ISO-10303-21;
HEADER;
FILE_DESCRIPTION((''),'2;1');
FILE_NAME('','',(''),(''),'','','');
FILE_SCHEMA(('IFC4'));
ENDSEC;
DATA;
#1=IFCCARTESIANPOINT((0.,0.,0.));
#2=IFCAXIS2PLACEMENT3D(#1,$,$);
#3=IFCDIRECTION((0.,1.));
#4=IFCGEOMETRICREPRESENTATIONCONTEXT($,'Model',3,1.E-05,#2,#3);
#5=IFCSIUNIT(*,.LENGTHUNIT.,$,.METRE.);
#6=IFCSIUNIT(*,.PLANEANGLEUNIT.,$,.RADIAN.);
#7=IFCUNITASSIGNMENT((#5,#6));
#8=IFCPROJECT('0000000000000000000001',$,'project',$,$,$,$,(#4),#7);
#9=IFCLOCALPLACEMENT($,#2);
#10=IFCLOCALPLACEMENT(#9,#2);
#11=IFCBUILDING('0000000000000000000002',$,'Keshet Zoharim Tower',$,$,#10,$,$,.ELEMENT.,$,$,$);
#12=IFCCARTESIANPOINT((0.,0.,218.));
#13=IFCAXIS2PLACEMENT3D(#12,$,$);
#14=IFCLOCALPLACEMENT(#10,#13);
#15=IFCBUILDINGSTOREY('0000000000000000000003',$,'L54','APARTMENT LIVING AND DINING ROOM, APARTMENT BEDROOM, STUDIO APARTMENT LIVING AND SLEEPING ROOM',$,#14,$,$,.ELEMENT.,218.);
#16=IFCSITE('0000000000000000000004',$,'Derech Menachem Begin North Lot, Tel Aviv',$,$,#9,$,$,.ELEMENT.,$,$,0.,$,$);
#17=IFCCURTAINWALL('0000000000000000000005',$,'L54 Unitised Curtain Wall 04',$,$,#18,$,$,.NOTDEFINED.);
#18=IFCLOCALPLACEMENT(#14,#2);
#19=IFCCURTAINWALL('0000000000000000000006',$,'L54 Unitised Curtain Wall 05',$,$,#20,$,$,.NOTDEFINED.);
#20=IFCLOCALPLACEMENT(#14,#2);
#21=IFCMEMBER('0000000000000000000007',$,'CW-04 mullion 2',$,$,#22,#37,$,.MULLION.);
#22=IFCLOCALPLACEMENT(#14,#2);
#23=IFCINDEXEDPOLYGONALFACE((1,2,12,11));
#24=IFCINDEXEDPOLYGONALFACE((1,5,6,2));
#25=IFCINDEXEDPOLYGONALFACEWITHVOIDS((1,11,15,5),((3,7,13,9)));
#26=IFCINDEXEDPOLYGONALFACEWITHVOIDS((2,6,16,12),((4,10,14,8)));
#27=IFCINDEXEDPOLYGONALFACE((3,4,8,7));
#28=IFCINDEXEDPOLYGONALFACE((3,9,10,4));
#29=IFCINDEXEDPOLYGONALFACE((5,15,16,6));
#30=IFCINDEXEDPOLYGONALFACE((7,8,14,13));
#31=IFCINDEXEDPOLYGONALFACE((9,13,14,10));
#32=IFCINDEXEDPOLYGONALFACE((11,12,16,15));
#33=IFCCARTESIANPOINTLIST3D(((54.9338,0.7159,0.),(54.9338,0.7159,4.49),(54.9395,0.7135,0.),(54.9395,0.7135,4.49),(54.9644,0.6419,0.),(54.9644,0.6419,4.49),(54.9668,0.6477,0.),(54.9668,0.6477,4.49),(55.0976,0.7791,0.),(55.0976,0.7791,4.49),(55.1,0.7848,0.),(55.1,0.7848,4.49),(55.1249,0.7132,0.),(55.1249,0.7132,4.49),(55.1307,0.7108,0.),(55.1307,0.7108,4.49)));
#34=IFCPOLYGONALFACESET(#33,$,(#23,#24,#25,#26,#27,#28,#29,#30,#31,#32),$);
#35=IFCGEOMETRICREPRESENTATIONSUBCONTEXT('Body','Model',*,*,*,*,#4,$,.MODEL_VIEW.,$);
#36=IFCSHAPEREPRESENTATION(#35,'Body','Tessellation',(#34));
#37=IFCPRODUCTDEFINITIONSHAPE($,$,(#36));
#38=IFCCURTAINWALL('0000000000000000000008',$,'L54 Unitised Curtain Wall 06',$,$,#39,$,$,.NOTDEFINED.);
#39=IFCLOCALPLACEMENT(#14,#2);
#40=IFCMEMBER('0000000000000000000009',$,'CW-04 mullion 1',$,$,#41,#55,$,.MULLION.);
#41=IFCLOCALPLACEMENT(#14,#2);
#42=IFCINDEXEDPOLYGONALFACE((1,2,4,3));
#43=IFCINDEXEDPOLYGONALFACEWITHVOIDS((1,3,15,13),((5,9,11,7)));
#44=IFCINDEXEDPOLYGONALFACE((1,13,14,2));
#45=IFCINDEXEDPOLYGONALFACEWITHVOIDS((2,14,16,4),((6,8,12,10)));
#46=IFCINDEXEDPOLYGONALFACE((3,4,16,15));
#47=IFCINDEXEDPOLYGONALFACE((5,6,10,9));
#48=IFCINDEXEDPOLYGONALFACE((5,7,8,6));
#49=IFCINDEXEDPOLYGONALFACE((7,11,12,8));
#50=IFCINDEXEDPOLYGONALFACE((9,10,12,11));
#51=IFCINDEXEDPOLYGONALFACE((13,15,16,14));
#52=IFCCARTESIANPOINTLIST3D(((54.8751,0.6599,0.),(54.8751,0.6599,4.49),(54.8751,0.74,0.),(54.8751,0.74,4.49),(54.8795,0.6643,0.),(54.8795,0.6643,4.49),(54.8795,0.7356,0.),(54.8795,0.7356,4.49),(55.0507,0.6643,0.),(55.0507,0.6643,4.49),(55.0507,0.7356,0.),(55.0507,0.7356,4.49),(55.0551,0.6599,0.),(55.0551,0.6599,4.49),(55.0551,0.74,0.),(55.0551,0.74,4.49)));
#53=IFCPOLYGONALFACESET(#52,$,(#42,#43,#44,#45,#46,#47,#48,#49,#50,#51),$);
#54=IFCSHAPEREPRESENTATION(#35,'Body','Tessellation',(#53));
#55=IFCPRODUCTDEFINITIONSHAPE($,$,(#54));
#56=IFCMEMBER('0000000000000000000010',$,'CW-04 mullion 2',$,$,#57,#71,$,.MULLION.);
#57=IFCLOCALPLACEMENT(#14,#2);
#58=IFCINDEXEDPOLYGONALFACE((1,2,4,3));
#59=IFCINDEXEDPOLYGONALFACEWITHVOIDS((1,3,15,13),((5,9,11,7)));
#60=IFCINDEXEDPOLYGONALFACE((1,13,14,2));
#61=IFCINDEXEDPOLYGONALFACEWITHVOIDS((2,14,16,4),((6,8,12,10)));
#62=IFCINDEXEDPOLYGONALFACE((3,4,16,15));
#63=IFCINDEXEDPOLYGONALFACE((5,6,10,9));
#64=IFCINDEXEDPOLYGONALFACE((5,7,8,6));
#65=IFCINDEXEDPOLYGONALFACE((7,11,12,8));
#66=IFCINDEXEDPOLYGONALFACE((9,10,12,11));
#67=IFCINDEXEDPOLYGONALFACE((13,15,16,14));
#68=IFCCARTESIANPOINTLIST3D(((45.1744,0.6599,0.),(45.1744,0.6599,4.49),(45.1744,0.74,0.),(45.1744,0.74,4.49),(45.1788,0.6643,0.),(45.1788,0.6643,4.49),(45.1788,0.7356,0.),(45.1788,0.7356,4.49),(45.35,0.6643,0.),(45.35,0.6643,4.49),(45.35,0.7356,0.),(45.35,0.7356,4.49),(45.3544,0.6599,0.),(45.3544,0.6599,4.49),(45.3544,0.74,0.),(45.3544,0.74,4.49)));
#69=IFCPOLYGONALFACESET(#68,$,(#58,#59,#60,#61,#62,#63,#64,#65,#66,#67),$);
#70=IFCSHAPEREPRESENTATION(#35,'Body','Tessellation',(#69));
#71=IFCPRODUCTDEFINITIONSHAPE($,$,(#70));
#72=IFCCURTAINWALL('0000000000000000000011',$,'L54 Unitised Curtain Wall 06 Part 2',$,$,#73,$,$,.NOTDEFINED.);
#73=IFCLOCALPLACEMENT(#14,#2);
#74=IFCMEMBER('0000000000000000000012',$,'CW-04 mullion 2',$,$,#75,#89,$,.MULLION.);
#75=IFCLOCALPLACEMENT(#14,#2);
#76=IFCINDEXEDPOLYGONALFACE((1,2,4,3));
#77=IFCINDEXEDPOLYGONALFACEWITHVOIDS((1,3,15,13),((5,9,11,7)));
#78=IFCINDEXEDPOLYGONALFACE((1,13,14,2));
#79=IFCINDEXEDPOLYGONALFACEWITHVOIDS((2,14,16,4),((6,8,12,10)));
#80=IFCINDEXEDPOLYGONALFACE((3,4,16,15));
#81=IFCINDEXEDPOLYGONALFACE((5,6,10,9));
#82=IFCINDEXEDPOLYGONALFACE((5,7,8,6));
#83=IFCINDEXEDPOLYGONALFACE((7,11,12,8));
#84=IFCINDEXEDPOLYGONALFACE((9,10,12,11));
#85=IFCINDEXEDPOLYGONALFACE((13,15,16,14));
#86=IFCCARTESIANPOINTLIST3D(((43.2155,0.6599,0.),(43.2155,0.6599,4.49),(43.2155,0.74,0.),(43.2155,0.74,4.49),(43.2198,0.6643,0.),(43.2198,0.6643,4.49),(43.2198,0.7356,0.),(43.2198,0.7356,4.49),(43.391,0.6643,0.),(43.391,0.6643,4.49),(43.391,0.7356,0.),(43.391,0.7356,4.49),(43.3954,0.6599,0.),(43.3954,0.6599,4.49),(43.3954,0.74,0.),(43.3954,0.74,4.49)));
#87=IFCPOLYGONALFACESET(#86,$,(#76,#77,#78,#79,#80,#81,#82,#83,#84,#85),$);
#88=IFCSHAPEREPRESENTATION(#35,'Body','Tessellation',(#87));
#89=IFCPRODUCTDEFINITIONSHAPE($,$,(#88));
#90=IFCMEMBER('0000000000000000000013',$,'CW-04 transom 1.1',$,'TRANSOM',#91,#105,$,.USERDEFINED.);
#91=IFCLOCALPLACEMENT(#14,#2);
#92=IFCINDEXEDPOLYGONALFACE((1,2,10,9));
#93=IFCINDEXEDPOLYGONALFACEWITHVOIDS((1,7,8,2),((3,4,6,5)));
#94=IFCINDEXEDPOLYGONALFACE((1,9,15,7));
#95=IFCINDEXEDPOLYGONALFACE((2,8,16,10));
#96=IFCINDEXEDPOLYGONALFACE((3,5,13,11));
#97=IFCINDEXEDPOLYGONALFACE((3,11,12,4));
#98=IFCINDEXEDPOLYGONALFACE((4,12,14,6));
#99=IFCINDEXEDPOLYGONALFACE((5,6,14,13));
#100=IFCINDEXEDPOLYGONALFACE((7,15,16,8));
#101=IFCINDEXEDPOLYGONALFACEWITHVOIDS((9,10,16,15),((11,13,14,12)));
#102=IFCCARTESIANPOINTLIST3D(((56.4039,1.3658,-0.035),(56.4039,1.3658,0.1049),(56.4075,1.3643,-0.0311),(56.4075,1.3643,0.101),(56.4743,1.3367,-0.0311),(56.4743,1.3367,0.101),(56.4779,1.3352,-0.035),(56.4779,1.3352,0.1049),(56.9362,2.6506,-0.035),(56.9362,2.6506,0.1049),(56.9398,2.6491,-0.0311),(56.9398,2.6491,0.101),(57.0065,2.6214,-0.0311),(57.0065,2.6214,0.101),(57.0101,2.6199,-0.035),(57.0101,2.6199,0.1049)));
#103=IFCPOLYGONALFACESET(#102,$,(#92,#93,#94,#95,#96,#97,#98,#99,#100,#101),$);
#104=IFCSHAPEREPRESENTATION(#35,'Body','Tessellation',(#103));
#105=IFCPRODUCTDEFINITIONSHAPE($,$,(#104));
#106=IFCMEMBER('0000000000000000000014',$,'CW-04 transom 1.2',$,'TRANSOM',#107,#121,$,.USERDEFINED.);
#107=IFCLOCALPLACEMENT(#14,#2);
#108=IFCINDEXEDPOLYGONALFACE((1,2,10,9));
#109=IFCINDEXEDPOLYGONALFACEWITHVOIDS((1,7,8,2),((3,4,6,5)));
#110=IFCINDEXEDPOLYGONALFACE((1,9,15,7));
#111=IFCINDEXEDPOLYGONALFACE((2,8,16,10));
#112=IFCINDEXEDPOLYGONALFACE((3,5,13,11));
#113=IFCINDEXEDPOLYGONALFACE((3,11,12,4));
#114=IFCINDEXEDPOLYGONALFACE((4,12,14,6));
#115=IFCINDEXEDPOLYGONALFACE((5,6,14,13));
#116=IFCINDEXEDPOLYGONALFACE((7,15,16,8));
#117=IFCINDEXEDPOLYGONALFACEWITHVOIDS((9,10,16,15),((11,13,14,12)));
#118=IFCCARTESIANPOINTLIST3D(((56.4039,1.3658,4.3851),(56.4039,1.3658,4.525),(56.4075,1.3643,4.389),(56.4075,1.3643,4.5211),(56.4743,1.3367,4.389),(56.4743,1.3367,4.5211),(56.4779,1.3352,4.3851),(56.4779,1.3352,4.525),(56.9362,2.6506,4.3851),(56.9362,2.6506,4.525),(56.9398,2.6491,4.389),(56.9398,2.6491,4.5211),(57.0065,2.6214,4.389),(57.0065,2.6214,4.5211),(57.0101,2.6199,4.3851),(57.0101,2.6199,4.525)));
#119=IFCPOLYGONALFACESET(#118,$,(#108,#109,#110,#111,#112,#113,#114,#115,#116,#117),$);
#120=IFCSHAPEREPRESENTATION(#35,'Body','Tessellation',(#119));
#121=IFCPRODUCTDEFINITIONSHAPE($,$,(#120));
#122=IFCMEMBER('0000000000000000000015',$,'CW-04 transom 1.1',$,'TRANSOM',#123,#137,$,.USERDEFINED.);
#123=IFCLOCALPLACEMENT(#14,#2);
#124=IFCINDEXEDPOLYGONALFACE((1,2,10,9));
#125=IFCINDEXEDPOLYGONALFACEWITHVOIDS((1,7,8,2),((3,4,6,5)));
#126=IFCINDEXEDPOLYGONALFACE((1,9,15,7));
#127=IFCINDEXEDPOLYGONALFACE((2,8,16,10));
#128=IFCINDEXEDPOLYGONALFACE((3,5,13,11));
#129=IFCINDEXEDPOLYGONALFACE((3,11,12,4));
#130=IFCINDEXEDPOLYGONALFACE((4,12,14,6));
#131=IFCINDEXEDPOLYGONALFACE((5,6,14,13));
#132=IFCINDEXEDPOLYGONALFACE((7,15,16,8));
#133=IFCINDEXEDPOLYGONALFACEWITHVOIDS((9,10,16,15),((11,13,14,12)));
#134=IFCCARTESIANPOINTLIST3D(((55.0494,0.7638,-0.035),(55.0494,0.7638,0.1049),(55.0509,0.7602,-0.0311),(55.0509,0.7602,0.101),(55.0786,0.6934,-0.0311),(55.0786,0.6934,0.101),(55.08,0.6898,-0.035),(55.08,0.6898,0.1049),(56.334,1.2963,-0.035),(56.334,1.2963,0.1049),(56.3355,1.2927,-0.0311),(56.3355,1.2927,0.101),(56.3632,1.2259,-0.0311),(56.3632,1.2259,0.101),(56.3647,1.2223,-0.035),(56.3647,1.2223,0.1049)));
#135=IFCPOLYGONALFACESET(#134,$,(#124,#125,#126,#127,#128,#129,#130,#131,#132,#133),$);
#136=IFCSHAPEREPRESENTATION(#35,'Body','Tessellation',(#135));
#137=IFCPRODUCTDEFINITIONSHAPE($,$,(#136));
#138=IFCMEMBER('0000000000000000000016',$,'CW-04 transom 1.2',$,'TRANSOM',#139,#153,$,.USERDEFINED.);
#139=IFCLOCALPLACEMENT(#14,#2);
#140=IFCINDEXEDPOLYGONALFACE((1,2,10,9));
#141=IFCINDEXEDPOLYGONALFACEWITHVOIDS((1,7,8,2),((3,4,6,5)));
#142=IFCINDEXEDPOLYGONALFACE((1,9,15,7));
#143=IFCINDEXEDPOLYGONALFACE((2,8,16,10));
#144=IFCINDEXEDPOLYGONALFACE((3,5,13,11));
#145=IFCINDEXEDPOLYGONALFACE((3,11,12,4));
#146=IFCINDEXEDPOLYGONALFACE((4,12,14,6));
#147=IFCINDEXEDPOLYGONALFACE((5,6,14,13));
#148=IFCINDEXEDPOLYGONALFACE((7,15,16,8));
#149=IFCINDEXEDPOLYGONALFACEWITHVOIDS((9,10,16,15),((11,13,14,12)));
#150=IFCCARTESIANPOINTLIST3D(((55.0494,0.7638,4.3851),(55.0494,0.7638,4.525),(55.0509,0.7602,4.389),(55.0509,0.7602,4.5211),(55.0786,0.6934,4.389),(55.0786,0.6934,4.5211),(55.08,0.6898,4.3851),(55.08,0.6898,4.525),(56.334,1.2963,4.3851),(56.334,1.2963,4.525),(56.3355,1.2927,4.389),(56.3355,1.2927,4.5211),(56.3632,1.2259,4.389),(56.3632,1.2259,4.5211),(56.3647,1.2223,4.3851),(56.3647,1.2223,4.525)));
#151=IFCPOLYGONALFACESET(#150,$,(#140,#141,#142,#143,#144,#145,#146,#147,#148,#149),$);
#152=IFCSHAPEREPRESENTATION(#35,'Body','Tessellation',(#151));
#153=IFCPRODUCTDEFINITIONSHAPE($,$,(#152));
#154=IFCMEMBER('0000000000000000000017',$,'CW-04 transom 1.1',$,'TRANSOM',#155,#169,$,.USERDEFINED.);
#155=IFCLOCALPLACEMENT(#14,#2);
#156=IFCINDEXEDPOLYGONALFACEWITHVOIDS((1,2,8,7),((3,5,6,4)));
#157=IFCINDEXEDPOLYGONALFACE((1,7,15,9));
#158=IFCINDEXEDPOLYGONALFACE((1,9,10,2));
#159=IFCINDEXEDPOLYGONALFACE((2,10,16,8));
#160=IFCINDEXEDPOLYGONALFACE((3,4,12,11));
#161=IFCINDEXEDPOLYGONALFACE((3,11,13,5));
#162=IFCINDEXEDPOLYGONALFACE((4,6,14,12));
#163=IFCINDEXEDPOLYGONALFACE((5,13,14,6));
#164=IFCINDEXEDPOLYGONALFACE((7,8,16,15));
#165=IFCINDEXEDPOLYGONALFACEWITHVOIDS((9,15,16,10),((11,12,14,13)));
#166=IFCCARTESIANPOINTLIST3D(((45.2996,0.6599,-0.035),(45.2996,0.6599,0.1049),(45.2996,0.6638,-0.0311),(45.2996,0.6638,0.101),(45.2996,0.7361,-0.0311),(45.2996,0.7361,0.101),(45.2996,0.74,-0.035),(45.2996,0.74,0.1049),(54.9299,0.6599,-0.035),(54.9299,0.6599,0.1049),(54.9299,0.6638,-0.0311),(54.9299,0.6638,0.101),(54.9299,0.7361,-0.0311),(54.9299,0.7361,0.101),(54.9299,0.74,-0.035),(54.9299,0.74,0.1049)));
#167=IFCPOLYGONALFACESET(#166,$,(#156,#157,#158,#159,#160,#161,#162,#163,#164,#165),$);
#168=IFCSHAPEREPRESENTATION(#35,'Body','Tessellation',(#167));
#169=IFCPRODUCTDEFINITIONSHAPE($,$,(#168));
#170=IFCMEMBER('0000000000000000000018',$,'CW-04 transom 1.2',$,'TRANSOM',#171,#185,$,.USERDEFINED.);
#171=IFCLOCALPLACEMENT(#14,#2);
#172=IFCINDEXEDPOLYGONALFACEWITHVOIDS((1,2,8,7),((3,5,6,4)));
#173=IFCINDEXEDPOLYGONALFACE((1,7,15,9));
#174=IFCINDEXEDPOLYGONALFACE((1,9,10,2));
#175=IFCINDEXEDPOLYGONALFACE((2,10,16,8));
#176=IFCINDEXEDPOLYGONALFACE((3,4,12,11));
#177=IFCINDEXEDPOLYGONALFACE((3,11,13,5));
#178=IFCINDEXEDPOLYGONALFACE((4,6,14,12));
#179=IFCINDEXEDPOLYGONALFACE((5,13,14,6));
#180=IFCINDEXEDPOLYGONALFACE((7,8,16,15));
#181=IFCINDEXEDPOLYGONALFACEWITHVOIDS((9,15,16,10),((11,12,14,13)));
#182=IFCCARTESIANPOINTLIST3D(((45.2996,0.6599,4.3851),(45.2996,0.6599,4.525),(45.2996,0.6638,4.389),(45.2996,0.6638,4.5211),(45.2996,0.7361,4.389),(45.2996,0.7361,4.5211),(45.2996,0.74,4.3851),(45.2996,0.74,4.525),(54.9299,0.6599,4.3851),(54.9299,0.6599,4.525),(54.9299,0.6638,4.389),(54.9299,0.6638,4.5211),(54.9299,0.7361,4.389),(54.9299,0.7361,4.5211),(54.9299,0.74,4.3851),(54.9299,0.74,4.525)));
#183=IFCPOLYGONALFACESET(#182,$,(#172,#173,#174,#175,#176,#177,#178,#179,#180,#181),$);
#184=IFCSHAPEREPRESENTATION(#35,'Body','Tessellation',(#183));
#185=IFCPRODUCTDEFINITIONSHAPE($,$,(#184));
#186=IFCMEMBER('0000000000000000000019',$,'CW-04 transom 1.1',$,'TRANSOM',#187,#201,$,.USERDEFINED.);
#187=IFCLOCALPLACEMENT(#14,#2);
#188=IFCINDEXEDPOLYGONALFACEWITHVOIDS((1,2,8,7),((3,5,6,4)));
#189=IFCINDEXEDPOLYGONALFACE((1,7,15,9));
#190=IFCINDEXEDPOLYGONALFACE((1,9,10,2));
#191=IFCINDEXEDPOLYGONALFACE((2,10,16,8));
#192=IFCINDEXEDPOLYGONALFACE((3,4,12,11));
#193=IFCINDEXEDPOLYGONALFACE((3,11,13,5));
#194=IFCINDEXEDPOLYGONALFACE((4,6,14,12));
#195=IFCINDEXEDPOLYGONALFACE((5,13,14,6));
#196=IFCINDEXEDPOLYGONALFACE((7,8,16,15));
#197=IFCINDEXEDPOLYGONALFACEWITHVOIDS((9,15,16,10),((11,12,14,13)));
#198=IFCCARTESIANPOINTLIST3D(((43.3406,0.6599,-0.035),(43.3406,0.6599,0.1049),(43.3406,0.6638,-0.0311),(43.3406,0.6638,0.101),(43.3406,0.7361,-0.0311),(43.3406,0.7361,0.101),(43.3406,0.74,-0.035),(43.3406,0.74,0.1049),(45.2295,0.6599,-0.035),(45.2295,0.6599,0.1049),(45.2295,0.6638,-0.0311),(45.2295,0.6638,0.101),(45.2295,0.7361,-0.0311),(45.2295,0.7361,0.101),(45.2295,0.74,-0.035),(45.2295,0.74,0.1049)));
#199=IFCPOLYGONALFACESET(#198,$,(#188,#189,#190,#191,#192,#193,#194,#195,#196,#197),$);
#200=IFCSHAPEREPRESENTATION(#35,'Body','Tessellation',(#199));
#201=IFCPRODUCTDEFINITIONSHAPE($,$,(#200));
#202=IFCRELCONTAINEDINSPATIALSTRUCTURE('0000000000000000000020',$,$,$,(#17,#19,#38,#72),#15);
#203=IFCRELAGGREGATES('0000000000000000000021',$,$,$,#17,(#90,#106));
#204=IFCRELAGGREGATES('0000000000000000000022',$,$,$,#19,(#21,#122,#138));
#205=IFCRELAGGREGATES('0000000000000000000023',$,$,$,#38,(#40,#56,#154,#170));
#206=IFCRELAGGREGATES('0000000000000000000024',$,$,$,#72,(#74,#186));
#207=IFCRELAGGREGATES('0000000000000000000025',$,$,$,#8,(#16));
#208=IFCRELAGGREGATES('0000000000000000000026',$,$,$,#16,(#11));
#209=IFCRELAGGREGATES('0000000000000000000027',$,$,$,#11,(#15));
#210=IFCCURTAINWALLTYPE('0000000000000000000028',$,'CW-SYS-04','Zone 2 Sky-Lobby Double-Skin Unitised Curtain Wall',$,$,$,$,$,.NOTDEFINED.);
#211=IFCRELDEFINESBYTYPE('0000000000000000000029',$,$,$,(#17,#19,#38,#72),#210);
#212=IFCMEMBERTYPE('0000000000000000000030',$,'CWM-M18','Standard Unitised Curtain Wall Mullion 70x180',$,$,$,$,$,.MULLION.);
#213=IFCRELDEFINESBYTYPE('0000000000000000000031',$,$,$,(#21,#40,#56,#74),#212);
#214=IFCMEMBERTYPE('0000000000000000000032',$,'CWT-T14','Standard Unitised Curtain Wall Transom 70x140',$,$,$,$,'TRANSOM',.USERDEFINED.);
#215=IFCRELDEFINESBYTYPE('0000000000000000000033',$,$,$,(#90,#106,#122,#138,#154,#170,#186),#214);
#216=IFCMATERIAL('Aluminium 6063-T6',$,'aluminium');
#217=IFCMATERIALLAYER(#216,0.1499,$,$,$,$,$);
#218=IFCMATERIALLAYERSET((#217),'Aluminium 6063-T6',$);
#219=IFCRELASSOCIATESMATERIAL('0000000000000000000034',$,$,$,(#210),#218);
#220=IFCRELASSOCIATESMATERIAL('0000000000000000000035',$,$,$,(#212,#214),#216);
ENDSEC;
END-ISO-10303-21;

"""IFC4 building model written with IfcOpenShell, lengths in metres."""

from ifc_helpers import new_model, si_unit, direction, frame, origin, origin_2d, place, context, subcontext, project, spatial, hollow_rectangle, extrude, material, layer, layer_set, material_profile, profile_set, type_object, element, aggregate, save


model = new_model("IFC4")

# Units and contexts
model_context = context("Model", 3, precision=1e-05, world=origin(), true_north=direction((0.0, 1.0)))
body_context = subcontext(model_context, "Body", "Model", "MODEL_VIEW")
ifc_project = project(units=[si_unit("LENGTHUNIT", "METRE"), si_unit("PLANEANGLEUNIT", "RADIAN")], contexts=[model_context])

# Site, building, storey
site_placement = place(None, origin())
site = spatial("IfcSite", under=ifc_project, at=site_placement, Name="Derech Menachem Begin North Lot, Tel Aviv", CompositionType="ELEMENT", RefElevation=0.0)
building_placement = place(site_placement, origin())
building = spatial("IfcBuilding", under=site, at=building_placement, Name="Keshet Zoharim Tower", CompositionType="ELEMENT")
storey_placement = place(building_placement, frame((0.0, 0.0, 218.0)))
storey = spatial("IfcBuildingStorey", under=building, at=storey_placement, Name="L54", Description="APARTMENT LIVING AND DINING ROOM, APARTMENT BEDROOM, STUDIO APARTMENT LIVING AND SLEEPING ROOM", CompositionType="ELEMENT", Elevation=218.0)

# Curtain walls, members
ifc_material_1 = material(Name="Aluminium 6063-T6", Category="aluminium")
ifc_layer_1 = layer(ifc_material_1, 0.1499)
ifc_layer_set_1 = layer_set([ifc_layer_1], Name="Aluminium 6063-T6")
curtain_wall_type = type_object("IfcCurtainWallType", Name="CW-SYS-04", Description="Zone 2 Sky-Lobby Double-Skin Unitised Curtain Wall", PredefinedType="NOTDEFINED", material=ifc_layer_set_1)
curtain_wall_1_placement = place(storey_placement, origin())
curtain_wall_1 = element("IfcCurtainWall", 1, at=curtain_wall_1_placement, inside=storey, type_object=curtain_wall_type, Name="L54 Unitised Curtain Wall 04", PredefinedType="NOTDEFINED")
ifc_material_profile_1 = material_profile(ifc_material_1, hollow_rectangle(XDim=0.0801, YDim=0.1799, WallThickness=0.0044, at=origin_2d()), Name="MUL-80x180")
ifc_profile_set_1 = profile_set([ifc_material_profile_1], Name="Aluminium 6063-T6")
member_type_1 = type_object("IfcMemberType", Name="CWM-M18", Description="Standard Unitised Curtain Wall Mullion 70x180", PredefinedType="MULLION", material=ifc_profile_set_1)
curtain_wall_2_placement = place(storey_placement, origin())
curtain_wall_2 = element("IfcCurtainWall", 2, at=curtain_wall_2_placement, inside=storey, type_object=curtain_wall_type, Name="L54 Unitised Curtain Wall 05", PredefinedType="NOTDEFINED")
member_1_placement = place(storey_placement, frame((55.0322, 0.7134, 0.0), z_axis=(0.0, 0.0, 1.0), x_axis=(0.382852, -0.92381, 0.0)))
member_1 = element("IfcMember", 3, at=member_1_placement, type_object=member_type_1, Name="CW-04 mullion 2", PredefinedType="MULLION", context=body_context, shape_type="SweptSolid", body=[
    extrude(hollow_rectangle(XDim=0.0801, YDim=0.1799, WallThickness=0.0044, at=origin_2d()), origin(), (0.0, 0.0, 1.0), 4.49),
])
curtain_wall_3_placement = place(storey_placement, origin())
curtain_wall_3 = element("IfcCurtainWall", 4, at=curtain_wall_3_placement, inside=storey, type_object=curtain_wall_type, Name="L54 Unitised Curtain Wall 06", PredefinedType="NOTDEFINED")
member_2_placement = place(storey_placement, frame((54.9651, 0.7, 0.0), z_axis=(0.0, 0.0, 1.0), x_axis=(0.0, -1.0, 0.0)))
member_2 = element("IfcMember", 5, at=member_2_placement, type_object=member_type_1, Name="CW-04 mullion 1", PredefinedType="MULLION", context=body_context, shape_type="SweptSolid", body=[
    extrude(hollow_rectangle(XDim=0.0801, YDim=0.1799, WallThickness=0.0044, at=origin_2d()), origin(), (0.0, 0.0, 1.0), 4.49),
])
member_3_placement = place(storey_placement, frame((45.2644, 0.7, 0.0), z_axis=(0.0, 0.0, 1.0), x_axis=(0.0, -1.0, 0.0)))
member_3 = element("IfcMember", 6, at=member_3_placement, type_object=member_type_1, Name="CW-04 mullion 2", PredefinedType="MULLION", context=body_context, shape_type="SweptSolid", body=[
    extrude(hollow_rectangle(XDim=0.0801, YDim=0.1799, WallThickness=0.0044, at=origin_2d()), origin(), (0.0, 0.0, 1.0), 4.49),
])

# Curtain wall, member
curtain_wall_4_placement = place(storey_placement, origin())
curtain_wall_4 = element("IfcCurtainWall", 7, at=curtain_wall_4_placement, inside=storey, type_object=curtain_wall_type, Name="L54 Unitised Curtain Wall 06 Part 2", PredefinedType="NOTDEFINED")
member_4_placement = place(storey_placement, frame((43.3054, 0.7, 0.0), z_axis=(0.0, 0.0, 1.0), x_axis=(0.0, -1.0, 0.0)))
member_4 = element("IfcMember", 8, at=member_4_placement, type_object=member_type_1, Name="CW-04 mullion 2", PredefinedType="MULLION", context=body_context, shape_type="SweptSolid", body=[
    extrude(hollow_rectangle(XDim=0.0801, YDim=0.1799, WallThickness=0.0044, at=origin_2d()), origin(), (0.0, 0.0, 1.0), 4.49),
])

# Members
ifc_material_profile_2 = material_profile(ifc_material_1, hollow_rectangle(XDim=0.0801, YDim=0.1399, WallThickness=0.0039, at=origin_2d()), Name="TRN-80x140")
ifc_profile_set_2 = profile_set([ifc_material_profile_2], Name="Aluminium 6063-T6")
member_type_2 = type_object("IfcMemberType", Name="CWT-T14", Description="Standard Unitised Curtain Wall Transom 70x140", ElementType="TRANSOM", PredefinedType="USERDEFINED", material=ifc_profile_set_2)
member_5_placement = place(storey_placement, frame((56.9731, 2.6353, 0.0349), z_axis=(-0.382745, -0.923854, 0.0), x_axis=(0.923854, -0.382745, 0.0)))
member_5 = element("IfcMember", 9, at=member_5_placement, type_object=member_type_2, Name="CW-04 transom 1.1", ObjectType="TRANSOM", PredefinedType="USERDEFINED", context=body_context, shape_type="SweptSolid", body=[
    extrude(hollow_rectangle(XDim=0.0801, YDim=0.1399, WallThickness=0.0039, at=origin_2d()), origin(), (0.0, 0.0, 1.0), 1.3906),
])
member_6_placement = place(storey_placement, frame((56.9731, 2.6353, 4.4551), z_axis=(-0.382745, -0.923854, 0.0), x_axis=(0.923854, -0.382745, 0.0)))
member_6 = element("IfcMember", 10, at=member_6_placement, type_object=member_type_2, Name="CW-04 transom 1.2", ObjectType="TRANSOM", PredefinedType="USERDEFINED", context=body_context, shape_type="SweptSolid", body=[
    extrude(hollow_rectangle(XDim=0.0801, YDim=0.1399, WallThickness=0.0039, at=origin_2d()), origin(), (0.0, 0.0, 1.0), 1.3906),
])
member_7_placement = place(storey_placement, frame((56.3494, 1.2593, 0.0349), z_axis=(-0.923792, -0.382894, 0.0), x_axis=(0.382894, -0.923792, 0.0)))
member_7 = element("IfcMember", 11, at=member_7_placement, type_object=member_type_2, Name="CW-04 transom 1.1", ObjectType="TRANSOM", PredefinedType="USERDEFINED", context=body_context, shape_type="SweptSolid", body=[
    extrude(hollow_rectangle(XDim=0.0801, YDim=0.1399, WallThickness=0.0039, at=origin_2d()), origin(), (0.0, 0.0, 1.0), 1.3906),
])
member_8_placement = place(storey_placement, frame((56.3494, 1.2593, 4.4551), z_axis=(-0.923792, -0.382894, 0.0), x_axis=(0.382894, -0.923792, 0.0)))
member_8 = element("IfcMember", 12, at=member_8_placement, type_object=member_type_2, Name="CW-04 transom 1.2", ObjectType="TRANSOM", PredefinedType="USERDEFINED", context=body_context, shape_type="SweptSolid", body=[
    extrude(hollow_rectangle(XDim=0.0801, YDim=0.1399, WallThickness=0.0039, at=origin_2d()), origin(), (0.0, 0.0, 1.0), 1.3906),
])
member_9_placement = place(storey_placement, frame((54.9299, 0.7, 0.0349), z_axis=(-1.0, 0.0, 0.0), x_axis=(0.0, -1.0, 0.0)))
member_9 = element("IfcMember", 13, at=member_9_placement, type_object=member_type_2, Name="CW-04 transom 1.1", ObjectType="TRANSOM", PredefinedType="USERDEFINED", context=body_context, shape_type="SweptSolid", body=[
    extrude(hollow_rectangle(XDim=0.0801, YDim=0.1399, WallThickness=0.0039, at=origin_2d()), origin(), (0.0, 0.0, 1.0), 9.6304),
])
member_10_placement = place(storey_placement, frame((54.9299, 0.7, 4.4551), z_axis=(-1.0, 0.0, 0.0), x_axis=(0.0, -1.0, 0.0)))
member_10 = element("IfcMember", 14, at=member_10_placement, type_object=member_type_2, Name="CW-04 transom 1.2", ObjectType="TRANSOM", PredefinedType="USERDEFINED", context=body_context, shape_type="SweptSolid", body=[
    extrude(hollow_rectangle(XDim=0.0801, YDim=0.1399, WallThickness=0.0039, at=origin_2d()), origin(), (0.0, 0.0, 1.0), 9.6304),
])
member_11_placement = place(storey_placement, frame((45.2295, 0.7, 0.0349), z_axis=(-1.0, 0.0, 0.0), x_axis=(0.0, -1.0, 0.0)))
member_11 = element("IfcMember", 15, at=member_11_placement, type_object=member_type_2, Name="CW-04 transom 1.1", ObjectType="TRANSOM", PredefinedType="USERDEFINED", context=body_context, shape_type="SweptSolid", body=[
    extrude(hollow_rectangle(XDim=0.0801, YDim=0.1399, WallThickness=0.0039, at=origin_2d()), origin(), (0.0, 0.0, 1.0), 1.8889),
])

aggregate(curtain_wall_1, [member_5, member_6])
aggregate(curtain_wall_2, [member_1, member_7, member_8])
aggregate(curtain_wall_3, [member_2, member_3, member_9, member_10])
aggregate(curtain_wall_4, [member_4, member_11])

save(model, "model.ifc")
